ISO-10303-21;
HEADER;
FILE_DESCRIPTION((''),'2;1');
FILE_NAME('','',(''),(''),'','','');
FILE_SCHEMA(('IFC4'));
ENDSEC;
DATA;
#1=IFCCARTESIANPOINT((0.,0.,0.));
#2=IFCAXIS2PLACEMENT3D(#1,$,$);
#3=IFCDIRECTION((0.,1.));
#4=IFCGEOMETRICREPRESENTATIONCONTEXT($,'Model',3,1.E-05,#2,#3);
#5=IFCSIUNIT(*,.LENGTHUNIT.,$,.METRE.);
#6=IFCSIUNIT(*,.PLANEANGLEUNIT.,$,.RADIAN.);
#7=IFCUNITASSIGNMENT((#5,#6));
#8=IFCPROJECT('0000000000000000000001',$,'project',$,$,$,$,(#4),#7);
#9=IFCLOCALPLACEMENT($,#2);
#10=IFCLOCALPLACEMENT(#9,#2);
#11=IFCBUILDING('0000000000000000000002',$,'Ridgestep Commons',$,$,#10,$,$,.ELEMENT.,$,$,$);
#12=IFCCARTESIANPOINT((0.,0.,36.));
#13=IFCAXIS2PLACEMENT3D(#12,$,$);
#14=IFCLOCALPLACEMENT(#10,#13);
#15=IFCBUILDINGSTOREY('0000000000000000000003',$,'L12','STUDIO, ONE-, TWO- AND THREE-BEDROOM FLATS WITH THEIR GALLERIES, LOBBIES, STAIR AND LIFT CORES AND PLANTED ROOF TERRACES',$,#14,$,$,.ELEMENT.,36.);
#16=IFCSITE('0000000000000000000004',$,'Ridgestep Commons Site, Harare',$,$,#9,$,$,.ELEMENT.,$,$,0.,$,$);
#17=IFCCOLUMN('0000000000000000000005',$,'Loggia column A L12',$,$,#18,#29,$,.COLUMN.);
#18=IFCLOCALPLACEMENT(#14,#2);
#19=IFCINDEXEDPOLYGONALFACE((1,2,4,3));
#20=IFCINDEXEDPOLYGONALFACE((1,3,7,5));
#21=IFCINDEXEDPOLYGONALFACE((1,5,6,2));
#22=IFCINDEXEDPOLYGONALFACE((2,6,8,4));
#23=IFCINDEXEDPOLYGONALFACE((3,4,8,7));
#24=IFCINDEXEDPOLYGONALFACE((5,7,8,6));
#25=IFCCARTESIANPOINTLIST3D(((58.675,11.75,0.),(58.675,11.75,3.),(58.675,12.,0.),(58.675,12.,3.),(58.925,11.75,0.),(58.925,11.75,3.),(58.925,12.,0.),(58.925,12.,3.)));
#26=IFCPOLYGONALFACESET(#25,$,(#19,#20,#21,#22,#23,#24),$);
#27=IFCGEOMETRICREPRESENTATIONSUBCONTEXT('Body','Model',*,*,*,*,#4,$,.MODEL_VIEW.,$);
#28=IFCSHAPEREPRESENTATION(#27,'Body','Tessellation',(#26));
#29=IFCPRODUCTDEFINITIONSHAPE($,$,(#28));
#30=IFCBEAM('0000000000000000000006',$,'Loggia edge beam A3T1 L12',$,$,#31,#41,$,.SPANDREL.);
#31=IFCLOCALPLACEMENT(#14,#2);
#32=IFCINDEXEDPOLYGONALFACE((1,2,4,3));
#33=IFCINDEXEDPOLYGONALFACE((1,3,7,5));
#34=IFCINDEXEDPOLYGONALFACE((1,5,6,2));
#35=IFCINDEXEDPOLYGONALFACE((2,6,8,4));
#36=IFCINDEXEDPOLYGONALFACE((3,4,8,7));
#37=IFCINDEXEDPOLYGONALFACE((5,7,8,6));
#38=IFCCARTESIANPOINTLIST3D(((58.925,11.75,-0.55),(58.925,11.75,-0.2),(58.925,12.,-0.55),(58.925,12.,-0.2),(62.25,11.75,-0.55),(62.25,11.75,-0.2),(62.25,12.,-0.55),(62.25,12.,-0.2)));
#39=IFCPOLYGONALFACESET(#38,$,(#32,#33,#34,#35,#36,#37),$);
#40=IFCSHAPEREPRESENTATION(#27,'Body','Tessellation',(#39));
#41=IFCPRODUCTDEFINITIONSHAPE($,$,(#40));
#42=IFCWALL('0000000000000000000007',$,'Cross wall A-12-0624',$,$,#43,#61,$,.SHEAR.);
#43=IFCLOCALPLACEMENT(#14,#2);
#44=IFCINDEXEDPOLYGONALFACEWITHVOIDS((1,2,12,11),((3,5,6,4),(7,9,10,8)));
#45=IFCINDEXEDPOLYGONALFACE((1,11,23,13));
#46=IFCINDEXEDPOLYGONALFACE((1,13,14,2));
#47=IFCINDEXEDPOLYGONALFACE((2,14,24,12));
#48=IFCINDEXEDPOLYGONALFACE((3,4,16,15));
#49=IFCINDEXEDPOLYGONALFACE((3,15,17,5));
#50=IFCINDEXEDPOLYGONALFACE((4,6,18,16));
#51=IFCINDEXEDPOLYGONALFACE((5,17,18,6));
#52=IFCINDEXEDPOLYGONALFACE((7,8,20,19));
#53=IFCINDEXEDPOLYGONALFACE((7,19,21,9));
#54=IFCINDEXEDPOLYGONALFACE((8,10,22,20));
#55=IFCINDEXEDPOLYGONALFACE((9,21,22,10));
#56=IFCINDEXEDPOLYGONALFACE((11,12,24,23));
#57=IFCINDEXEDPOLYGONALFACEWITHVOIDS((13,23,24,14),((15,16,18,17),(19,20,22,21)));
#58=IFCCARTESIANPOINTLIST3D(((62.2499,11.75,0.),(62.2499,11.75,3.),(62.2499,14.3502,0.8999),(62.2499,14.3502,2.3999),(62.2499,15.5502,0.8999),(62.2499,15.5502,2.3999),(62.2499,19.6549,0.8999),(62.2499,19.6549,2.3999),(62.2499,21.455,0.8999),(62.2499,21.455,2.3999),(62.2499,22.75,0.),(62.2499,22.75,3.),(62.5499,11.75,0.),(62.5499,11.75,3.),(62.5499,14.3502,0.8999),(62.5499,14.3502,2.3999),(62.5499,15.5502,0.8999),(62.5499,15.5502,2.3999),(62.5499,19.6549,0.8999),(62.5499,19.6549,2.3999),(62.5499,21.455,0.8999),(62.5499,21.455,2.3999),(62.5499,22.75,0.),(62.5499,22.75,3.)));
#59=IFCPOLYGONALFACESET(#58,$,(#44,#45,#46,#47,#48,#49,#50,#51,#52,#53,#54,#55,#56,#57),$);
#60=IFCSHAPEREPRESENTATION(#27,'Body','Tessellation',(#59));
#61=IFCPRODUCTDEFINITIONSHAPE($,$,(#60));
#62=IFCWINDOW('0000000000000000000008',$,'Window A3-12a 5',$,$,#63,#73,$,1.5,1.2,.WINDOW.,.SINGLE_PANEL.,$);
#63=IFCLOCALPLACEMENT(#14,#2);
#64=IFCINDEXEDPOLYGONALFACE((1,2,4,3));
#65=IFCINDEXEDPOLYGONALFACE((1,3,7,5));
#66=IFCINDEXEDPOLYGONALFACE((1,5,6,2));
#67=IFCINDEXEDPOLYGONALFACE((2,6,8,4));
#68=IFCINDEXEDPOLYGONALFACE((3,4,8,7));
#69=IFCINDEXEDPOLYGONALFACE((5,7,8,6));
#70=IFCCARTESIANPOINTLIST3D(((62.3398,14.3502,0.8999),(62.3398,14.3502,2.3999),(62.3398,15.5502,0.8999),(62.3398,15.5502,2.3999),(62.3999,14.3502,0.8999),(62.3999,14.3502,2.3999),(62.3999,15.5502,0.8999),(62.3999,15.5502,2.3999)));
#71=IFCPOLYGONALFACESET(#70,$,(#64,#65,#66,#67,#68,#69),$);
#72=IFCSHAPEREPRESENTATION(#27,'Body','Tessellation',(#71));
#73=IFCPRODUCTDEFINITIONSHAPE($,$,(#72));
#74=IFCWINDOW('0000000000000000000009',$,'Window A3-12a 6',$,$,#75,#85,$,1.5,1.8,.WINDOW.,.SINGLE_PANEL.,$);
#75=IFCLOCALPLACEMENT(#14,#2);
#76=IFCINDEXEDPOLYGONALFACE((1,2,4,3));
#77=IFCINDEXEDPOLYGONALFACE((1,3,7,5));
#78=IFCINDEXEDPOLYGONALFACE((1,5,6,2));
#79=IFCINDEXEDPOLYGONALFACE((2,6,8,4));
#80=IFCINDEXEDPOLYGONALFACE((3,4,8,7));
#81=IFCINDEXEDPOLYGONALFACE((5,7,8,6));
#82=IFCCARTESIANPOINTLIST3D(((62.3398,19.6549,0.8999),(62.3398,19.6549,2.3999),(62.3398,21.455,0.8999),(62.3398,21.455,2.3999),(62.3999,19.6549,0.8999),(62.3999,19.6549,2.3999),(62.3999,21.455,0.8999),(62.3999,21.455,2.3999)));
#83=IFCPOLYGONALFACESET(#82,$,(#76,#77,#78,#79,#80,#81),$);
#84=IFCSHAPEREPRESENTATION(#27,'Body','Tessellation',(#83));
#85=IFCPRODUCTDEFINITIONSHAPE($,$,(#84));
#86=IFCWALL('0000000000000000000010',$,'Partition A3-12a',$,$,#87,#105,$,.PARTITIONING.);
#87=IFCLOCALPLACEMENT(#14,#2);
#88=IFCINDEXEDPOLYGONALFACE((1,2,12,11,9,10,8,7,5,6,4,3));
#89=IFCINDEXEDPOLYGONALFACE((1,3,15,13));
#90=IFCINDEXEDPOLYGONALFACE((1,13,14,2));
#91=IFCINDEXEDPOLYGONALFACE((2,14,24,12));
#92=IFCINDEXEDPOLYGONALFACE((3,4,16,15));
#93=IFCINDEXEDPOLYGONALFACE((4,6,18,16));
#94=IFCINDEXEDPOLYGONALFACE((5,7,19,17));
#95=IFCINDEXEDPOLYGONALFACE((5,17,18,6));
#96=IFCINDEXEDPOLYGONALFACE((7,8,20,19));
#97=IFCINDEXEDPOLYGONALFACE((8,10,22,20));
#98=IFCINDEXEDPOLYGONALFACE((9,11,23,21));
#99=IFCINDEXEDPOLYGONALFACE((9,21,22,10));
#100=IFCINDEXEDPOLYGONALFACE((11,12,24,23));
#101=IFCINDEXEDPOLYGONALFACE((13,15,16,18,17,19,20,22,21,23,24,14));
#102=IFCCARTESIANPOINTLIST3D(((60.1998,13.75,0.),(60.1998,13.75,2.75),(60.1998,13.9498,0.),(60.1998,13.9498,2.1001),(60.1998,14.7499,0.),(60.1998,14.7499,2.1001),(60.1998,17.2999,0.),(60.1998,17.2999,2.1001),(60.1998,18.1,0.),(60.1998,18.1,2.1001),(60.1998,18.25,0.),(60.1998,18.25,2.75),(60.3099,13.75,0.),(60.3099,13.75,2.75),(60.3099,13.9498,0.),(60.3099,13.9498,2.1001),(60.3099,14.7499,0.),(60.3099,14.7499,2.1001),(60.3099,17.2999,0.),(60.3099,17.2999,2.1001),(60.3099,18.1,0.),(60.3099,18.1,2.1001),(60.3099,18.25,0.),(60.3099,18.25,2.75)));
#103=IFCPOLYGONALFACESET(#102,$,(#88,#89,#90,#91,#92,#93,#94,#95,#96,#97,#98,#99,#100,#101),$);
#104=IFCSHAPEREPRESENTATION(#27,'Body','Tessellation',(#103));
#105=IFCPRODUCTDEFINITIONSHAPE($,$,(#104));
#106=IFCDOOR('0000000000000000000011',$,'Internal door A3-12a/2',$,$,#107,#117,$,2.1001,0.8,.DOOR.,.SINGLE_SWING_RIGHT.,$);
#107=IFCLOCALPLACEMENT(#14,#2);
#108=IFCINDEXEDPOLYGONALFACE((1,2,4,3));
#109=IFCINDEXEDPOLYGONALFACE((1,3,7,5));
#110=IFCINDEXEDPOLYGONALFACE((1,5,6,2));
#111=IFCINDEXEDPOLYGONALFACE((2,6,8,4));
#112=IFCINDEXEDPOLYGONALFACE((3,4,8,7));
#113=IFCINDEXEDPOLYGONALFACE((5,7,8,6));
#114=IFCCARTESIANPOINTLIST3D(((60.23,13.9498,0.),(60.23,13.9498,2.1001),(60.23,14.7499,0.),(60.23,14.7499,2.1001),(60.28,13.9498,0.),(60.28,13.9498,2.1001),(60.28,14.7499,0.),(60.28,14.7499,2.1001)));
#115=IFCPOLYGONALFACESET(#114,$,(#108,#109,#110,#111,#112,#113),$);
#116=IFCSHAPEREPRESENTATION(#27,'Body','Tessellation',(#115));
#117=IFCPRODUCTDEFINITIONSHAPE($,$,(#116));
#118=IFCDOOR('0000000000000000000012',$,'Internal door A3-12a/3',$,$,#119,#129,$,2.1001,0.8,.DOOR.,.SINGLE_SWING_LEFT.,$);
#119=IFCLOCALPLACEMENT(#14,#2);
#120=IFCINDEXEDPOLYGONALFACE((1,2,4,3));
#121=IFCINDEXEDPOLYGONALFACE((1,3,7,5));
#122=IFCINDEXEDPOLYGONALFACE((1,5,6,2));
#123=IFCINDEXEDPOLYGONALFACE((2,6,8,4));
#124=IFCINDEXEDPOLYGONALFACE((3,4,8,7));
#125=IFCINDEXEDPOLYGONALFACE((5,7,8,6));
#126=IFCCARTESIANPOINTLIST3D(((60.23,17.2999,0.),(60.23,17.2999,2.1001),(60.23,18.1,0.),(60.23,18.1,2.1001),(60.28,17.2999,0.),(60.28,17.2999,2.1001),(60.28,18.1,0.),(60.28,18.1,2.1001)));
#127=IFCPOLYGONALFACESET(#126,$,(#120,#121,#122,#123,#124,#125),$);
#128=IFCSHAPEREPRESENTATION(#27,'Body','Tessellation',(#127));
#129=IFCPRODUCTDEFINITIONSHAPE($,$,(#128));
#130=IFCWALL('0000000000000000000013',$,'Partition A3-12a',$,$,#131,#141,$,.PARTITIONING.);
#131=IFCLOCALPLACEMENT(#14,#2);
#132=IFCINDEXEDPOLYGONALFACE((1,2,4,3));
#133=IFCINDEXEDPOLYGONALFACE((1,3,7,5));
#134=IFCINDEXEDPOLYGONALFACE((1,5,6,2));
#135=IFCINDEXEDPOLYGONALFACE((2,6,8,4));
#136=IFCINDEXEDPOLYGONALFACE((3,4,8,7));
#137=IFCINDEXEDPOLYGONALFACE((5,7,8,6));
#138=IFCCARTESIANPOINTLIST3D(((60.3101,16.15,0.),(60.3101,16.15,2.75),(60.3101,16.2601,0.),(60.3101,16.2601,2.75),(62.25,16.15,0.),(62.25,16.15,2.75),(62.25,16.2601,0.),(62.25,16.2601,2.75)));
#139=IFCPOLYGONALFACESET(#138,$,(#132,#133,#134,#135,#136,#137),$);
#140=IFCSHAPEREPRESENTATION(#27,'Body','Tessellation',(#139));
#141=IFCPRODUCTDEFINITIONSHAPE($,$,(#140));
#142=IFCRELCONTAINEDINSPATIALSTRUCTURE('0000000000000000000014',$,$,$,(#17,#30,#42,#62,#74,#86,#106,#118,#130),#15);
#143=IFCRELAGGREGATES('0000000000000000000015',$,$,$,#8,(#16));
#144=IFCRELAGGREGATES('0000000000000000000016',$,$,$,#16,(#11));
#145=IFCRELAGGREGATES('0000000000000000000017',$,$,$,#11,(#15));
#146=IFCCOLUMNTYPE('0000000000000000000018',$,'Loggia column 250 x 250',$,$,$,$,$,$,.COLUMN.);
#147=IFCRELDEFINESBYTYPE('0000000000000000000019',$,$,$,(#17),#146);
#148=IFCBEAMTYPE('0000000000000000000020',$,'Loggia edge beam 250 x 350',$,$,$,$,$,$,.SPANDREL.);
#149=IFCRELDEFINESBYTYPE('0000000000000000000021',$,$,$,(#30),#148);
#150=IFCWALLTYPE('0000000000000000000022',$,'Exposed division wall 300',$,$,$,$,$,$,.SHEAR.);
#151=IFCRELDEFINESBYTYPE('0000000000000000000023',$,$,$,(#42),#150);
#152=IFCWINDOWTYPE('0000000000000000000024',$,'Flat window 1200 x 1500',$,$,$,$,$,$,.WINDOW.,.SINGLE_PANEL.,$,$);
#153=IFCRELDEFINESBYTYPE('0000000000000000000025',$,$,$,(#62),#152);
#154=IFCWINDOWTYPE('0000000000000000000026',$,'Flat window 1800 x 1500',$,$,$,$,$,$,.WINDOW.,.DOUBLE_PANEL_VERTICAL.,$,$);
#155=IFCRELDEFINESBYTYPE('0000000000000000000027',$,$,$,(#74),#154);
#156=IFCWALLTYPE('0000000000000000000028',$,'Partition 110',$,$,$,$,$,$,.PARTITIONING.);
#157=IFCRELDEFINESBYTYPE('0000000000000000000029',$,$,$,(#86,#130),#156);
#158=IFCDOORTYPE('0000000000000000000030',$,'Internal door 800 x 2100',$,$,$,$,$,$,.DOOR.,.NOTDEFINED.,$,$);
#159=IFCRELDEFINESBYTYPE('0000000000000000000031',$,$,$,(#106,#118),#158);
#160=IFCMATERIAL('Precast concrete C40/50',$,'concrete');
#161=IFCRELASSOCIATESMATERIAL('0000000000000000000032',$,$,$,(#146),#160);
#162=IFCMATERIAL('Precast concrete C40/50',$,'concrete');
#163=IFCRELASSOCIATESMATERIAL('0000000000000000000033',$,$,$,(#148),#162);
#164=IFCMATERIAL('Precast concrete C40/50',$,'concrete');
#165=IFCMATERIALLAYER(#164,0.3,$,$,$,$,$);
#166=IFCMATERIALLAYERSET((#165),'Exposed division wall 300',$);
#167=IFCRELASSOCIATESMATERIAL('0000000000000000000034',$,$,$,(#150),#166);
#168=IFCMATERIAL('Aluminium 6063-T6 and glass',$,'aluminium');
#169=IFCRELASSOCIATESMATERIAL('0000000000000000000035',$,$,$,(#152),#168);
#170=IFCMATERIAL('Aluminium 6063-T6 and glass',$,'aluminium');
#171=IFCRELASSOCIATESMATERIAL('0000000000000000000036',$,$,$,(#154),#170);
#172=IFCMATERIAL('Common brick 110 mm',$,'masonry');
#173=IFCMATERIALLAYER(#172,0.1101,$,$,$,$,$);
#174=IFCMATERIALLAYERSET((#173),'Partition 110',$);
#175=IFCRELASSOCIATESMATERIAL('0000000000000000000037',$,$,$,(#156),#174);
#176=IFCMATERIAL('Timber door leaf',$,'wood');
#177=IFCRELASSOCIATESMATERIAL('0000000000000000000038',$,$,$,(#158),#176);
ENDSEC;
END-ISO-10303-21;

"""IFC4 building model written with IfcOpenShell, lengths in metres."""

from ifc_helpers import new_model, si_unit, direction, frame, frame_2d, origin, origin_2d, place, context, subcontext, project, spatial, rectangle, extrude, material, layer, layer_set, material_profile, profile_set, type_object, element, fill, save


model = new_model("IFC4")

# Units and contexts
model_context = context("Model", 3, precision=1e-05, world=origin(), true_north=direction((0.0, 1.0)))
body_context = subcontext(model_context, "Body", "Model", "MODEL_VIEW")
ifc_project = project(units=[si_unit("LENGTHUNIT", "METRE"), si_unit("PLANEANGLEUNIT", "RADIAN")], contexts=[model_context])

# Site, building, storey
site_placement = place(None, origin())
site = spatial("IfcSite", under=ifc_project, at=site_placement, Name="Ridgestep Commons Site, Harare", CompositionType="ELEMENT", RefElevation=0.0)
building_placement = place(site_placement, origin())
building = spatial("IfcBuilding", under=site, at=building_placement, Name="Ridgestep Commons", CompositionType="ELEMENT")
storey_placement = place(building_placement, frame((0.0, 0.0, 36.0)))
storey = spatial("IfcBuildingStorey", under=building, at=storey_placement, Name="L12", Description="STUDIO, ONE-, TWO- AND THREE-BEDROOM FLATS WITH THEIR GALLERIES, LOBBIES, STAIR AND LIFT CORES AND PLANTED ROOF TERRACES", CompositionType="ELEMENT", Elevation=36.0)

# Column
ifc_material_1 = material(Name="Precast concrete C40/50", Category="concrete")
ifc_material_profile_1 = material_profile(ifc_material_1, rectangle(XDim=0.25, YDim=0.25, at=origin_2d()), Name="PC 250x250")
ifc_profile_set_1 = profile_set([ifc_material_profile_1], Name="Precast concrete C40/50")
column_type = type_object("IfcColumnType", Name="Loggia column 250 x 250", PredefinedType="COLUMN", material=ifc_profile_set_1)
column_placement = place(storey_placement, frame((58.8, 11.875, 0.0), z_axis=(0.0, 0.0, 1.0), x_axis=(1.0, 0.0, 0.0)))
element("IfcColumn", 1, at=column_placement, inside=storey, type_object=column_type, Name="Loggia column A L12", PredefinedType="COLUMN", context=body_context, shape_type="SweptSolid", body=[
    extrude(rectangle(XDim=0.25, YDim=0.25, at=origin_2d()), origin(), (0.0, 0.0, 1.0), 3.0),
])

# Beam
ifc_material_2 = material(Name="Precast concrete C40/50", Category="concrete")
ifc_material_profile_2 = material_profile(ifc_material_2, rectangle(XDim=0.25, YDim=0.3501, at=origin_2d()), Name="PC 250x350")
ifc_profile_set_2 = profile_set([ifc_material_profile_2], Name="Precast concrete C40/50")
beam_type = type_object("IfcBeamType", Name="Loggia edge beam 250 x 350", PredefinedType="SPANDREL", material=ifc_profile_set_2)
beam_placement = place(storey_placement, frame((58.925, 11.875, -0.375), z_axis=(1.0, 0.0, 0.0), x_axis=(0.0, 1.0, 0.0)))
element("IfcBeam", 2, at=beam_placement, inside=storey, type_object=beam_type, Name="Loggia edge beam A3T1 L12", PredefinedType="SPANDREL", context=body_context, shape_type="SweptSolid", body=[
    extrude(rectangle(XDim=0.25, YDim=0.3501, at=origin_2d()), origin(), (0.0, 0.0, 1.0), 3.325),
])

# Wall, openings, windows
ifc_material_3 = material(Name="Precast concrete C40/50", Category="concrete")
ifc_layer_1 = layer(ifc_material_3, 0.3)
ifc_layer_set_1 = layer_set([ifc_layer_1], Name="Exposed division wall 300")
wall_type_1 = type_object("IfcWallType", Name="Exposed division wall 300", PredefinedType="SHEAR", material=ifc_layer_set_1)
wall_1_placement = place(storey_placement, frame((62.3999, 11.75, 0.0), z_axis=(0.0, 0.0, 1.0), x_axis=(0.0, 1.0, 0.0)))
wall_1 = element("IfcWall", 3, at=wall_1_placement, inside=storey, type_object=wall_type_1, Name="Cross wall A-12-0624", PredefinedType="SHEAR", context=body_context, shape_type="SweptSolid", body=[
    extrude(rectangle(XDim=11.0, YDim=0.3, at=frame_2d((5.5, 0.0))), origin(), (0.0, 0.0, 1.0), 3.0),
])
opening_1_placement = place(wall_1_placement, frame((2.6001, 0.0, 0.8999)))
opening_1 = element("IfcOpeningElement", 4, at=opening_1_placement, cuts=wall_1, PredefinedType="OPENING", context=body_context, shape_type="SweptSolid", body=[
    extrude(rectangle(XDim=1.2, YDim=1.5, at=frame_2d((0.6001, 0.75))), frame((0.0, 0.1599, 0.0), z_axis=(0.0, -1.0, 0.0), x_axis=(1.0, 0.0, 0.0)), (0.0, 0.0, 1.0), 0.3201),
])
opening_2_placement = place(wall_1_placement, frame((7.905, 0.0, 0.8999)))
opening_2 = element("IfcOpeningElement", 5, at=opening_2_placement, cuts=wall_1, PredefinedType="OPENING", context=body_context, shape_type="SweptSolid", body=[
    extrude(rectangle(XDim=1.8, YDim=1.5, at=frame_2d((0.8999, 0.75))), frame((0.0, 0.1599, 0.0), z_axis=(0.0, -1.0, 0.0), x_axis=(1.0, 0.0, 0.0)), (0.0, 0.0, 1.0), 0.3201),
])
ifc_material_4 = material(Name="Aluminium 6063-T6 and glass", Category="aluminium")
window_type_1 = type_object("IfcWindowType", Name="Flat window 1200 x 1500", PartitioningType="SINGLE_PANEL", PredefinedType="WINDOW", material=ifc_material_4)
window_1_placement = place(opening_1_placement, origin())
window_1 = element("IfcWindow", 6, at=window_1_placement, inside=storey, type_object=window_type_1, Name="Window A3-12a 5", OverallHeight=1.5, OverallWidth=1.2, PartitioningType="SINGLE_PANEL", PredefinedType="WINDOW", context=body_context, shape_type="SweptSolid", body=[
    extrude(rectangle(XDim=1.2, YDim=1.5, at=frame_2d((0.6001, 0.75))), frame((0.0, 0.0601, 0.0), z_axis=(0.0, -1.0, 0.0), x_axis=(1.0, 0.0, 0.0)), (0.0, 0.0, 1.0), 0.0601),
])
fill(opening_1, window_1)
ifc_material_5 = material(Name="Aluminium 6063-T6 and glass", Category="aluminium")
window_type_2 = type_object("IfcWindowType", Name="Flat window 1800 x 1500", PartitioningType="DOUBLE_PANEL_VERTICAL", PredefinedType="WINDOW", material=ifc_material_5)
window_2_placement = place(opening_2_placement, origin())
window_2 = element("IfcWindow", 7, at=window_2_placement, inside=storey, type_object=window_type_2, Name="Window A3-12a 6", OverallHeight=1.5, OverallWidth=1.8, PartitioningType="SINGLE_PANEL", PredefinedType="WINDOW", context=body_context, shape_type="SweptSolid", body=[
    extrude(rectangle(XDim=1.8, YDim=1.5, at=frame_2d((0.8999, 0.75))), frame((0.0, 0.0601, 0.0), z_axis=(0.0, -1.0, 0.0), x_axis=(1.0, 0.0, 0.0)), (0.0, 0.0, 1.0), 0.0601),
])
fill(opening_2, window_2)

# Wall, openings, doors
ifc_material_6 = material(Name="Common brick 110 mm", Category="masonry")
ifc_layer_2 = layer(ifc_material_6, 0.1101)
ifc_layer_set_2 = layer_set([ifc_layer_2], Name="Partition 110")
wall_type_2 = type_object("IfcWallType", Name="Partition 110", PredefinedType="PARTITIONING", material=ifc_layer_set_2)
wall_2_placement = place(storey_placement, frame((60.2549, 13.75, 0.0), z_axis=(0.0, 0.0, 1.0), x_axis=(0.0, 1.0, 0.0)))
wall_2 = element("IfcWall", 8, at=wall_2_placement, inside=storey, type_object=wall_type_2, Name="Partition A3-12a", PredefinedType="PARTITIONING", context=body_context, shape_type="SweptSolid", body=[
    extrude(rectangle(XDim=4.5, YDim=0.1101, at=frame_2d((2.25, 0.0))), origin(), (0.0, 0.0, 1.0), 2.75),
])
opening_3_placement = place(wall_2_placement, frame((0.2, 0.0, 0.0)))
opening_3 = element("IfcOpeningElement", 9, at=opening_3_placement, cuts=wall_2, PredefinedType="OPENING", context=body_context, shape_type="SweptSolid", body=[
    extrude(rectangle(XDim=0.8, YDim=2.1001, at=frame_2d((0.3999, 1.05))), frame((0.0, 0.0649, 0.0), z_axis=(0.0, -1.0, 0.0), x_axis=(1.0, 0.0, 0.0)), (0.0, 0.0, 1.0), 0.1301),
])
opening_4_placement = place(wall_2_placement, frame((3.55, 0.0, 0.0)))
opening_4 = element("IfcOpeningElement", 10, at=opening_4_placement, cuts=wall_2, PredefinedType="OPENING", context=body_context, shape_type="SweptSolid", body=[
    extrude(rectangle(XDim=0.8, YDim=2.1001, at=frame_2d((0.3999, 1.05))), frame((0.0, 0.0649, 0.0), z_axis=(0.0, -1.0, 0.0), x_axis=(1.0, 0.0, 0.0)), (0.0, 0.0, 1.0), 0.1301),
])
ifc_material_7 = material(Name="Timber door leaf", Category="wood")
door_type_1 = type_object("IfcDoorType", Name="Internal door 800 x 2100", OperationType="NOTDEFINED", PredefinedType="DOOR", material=ifc_material_7)
door_1_placement = place(opening_3_placement, origin())
door_1 = element("IfcDoor", 11, at=door_1_placement, inside=storey, type_object=door_type_1, Name="Internal door A3-12a/2", OperationType="SINGLE_SWING_RIGHT", OverallHeight=2.1001, OverallWidth=0.8, PredefinedType="DOOR", context=body_context, shape_type="SweptSolid", body=[
    extrude(rectangle(XDim=0.8, YDim=2.1001, at=frame_2d((0.3999, 1.05))), frame((0.0, 0.0249, 0.0), z_axis=(0.0, -1.0, 0.0), x_axis=(1.0, 0.0, 0.0)), (0.0, 0.0, 1.0), 0.05),
])
fill(opening_3, door_1)
door_2_placement = place(opening_4_placement, origin())
door_2 = element("IfcDoor", 12, at=door_2_placement, inside=storey, type_object=door_type_1, Name="Internal door A3-12a/3", OperationType="SINGLE_SWING_LEFT", OverallHeight=2.1001, OverallWidth=0.8, PredefinedType="DOOR", context=body_context, shape_type="SweptSolid", body=[
    extrude(rectangle(XDim=0.8, YDim=2.1001, at=frame_2d((0.3999, 1.05))), frame((0.0, 0.0249, 0.0), z_axis=(0.0, -1.0, 0.0), x_axis=(1.0, 0.0, 0.0)), (0.0, 0.0, 1.0), 0.05),
])
fill(opening_4, door_2)

# Wall
wall_3_placement = place(storey_placement, frame((60.3101, 16.2051, 0.0), z_axis=(0.0, 0.0, 1.0), x_axis=(1.0, 0.0, 0.0)))
element("IfcWall", 13, at=wall_3_placement, inside=storey, type_object=wall_type_2, Name="Partition A3-12a", PredefinedType="PARTITIONING", context=body_context, shape_type="SweptSolid", body=[
    extrude(rectangle(XDim=1.9399, YDim=0.1101, at=frame_2d((0.97, 0.0))), origin(), (0.0, 0.0, 1.0), 2.75),
])

save(model, "model.ifc")
